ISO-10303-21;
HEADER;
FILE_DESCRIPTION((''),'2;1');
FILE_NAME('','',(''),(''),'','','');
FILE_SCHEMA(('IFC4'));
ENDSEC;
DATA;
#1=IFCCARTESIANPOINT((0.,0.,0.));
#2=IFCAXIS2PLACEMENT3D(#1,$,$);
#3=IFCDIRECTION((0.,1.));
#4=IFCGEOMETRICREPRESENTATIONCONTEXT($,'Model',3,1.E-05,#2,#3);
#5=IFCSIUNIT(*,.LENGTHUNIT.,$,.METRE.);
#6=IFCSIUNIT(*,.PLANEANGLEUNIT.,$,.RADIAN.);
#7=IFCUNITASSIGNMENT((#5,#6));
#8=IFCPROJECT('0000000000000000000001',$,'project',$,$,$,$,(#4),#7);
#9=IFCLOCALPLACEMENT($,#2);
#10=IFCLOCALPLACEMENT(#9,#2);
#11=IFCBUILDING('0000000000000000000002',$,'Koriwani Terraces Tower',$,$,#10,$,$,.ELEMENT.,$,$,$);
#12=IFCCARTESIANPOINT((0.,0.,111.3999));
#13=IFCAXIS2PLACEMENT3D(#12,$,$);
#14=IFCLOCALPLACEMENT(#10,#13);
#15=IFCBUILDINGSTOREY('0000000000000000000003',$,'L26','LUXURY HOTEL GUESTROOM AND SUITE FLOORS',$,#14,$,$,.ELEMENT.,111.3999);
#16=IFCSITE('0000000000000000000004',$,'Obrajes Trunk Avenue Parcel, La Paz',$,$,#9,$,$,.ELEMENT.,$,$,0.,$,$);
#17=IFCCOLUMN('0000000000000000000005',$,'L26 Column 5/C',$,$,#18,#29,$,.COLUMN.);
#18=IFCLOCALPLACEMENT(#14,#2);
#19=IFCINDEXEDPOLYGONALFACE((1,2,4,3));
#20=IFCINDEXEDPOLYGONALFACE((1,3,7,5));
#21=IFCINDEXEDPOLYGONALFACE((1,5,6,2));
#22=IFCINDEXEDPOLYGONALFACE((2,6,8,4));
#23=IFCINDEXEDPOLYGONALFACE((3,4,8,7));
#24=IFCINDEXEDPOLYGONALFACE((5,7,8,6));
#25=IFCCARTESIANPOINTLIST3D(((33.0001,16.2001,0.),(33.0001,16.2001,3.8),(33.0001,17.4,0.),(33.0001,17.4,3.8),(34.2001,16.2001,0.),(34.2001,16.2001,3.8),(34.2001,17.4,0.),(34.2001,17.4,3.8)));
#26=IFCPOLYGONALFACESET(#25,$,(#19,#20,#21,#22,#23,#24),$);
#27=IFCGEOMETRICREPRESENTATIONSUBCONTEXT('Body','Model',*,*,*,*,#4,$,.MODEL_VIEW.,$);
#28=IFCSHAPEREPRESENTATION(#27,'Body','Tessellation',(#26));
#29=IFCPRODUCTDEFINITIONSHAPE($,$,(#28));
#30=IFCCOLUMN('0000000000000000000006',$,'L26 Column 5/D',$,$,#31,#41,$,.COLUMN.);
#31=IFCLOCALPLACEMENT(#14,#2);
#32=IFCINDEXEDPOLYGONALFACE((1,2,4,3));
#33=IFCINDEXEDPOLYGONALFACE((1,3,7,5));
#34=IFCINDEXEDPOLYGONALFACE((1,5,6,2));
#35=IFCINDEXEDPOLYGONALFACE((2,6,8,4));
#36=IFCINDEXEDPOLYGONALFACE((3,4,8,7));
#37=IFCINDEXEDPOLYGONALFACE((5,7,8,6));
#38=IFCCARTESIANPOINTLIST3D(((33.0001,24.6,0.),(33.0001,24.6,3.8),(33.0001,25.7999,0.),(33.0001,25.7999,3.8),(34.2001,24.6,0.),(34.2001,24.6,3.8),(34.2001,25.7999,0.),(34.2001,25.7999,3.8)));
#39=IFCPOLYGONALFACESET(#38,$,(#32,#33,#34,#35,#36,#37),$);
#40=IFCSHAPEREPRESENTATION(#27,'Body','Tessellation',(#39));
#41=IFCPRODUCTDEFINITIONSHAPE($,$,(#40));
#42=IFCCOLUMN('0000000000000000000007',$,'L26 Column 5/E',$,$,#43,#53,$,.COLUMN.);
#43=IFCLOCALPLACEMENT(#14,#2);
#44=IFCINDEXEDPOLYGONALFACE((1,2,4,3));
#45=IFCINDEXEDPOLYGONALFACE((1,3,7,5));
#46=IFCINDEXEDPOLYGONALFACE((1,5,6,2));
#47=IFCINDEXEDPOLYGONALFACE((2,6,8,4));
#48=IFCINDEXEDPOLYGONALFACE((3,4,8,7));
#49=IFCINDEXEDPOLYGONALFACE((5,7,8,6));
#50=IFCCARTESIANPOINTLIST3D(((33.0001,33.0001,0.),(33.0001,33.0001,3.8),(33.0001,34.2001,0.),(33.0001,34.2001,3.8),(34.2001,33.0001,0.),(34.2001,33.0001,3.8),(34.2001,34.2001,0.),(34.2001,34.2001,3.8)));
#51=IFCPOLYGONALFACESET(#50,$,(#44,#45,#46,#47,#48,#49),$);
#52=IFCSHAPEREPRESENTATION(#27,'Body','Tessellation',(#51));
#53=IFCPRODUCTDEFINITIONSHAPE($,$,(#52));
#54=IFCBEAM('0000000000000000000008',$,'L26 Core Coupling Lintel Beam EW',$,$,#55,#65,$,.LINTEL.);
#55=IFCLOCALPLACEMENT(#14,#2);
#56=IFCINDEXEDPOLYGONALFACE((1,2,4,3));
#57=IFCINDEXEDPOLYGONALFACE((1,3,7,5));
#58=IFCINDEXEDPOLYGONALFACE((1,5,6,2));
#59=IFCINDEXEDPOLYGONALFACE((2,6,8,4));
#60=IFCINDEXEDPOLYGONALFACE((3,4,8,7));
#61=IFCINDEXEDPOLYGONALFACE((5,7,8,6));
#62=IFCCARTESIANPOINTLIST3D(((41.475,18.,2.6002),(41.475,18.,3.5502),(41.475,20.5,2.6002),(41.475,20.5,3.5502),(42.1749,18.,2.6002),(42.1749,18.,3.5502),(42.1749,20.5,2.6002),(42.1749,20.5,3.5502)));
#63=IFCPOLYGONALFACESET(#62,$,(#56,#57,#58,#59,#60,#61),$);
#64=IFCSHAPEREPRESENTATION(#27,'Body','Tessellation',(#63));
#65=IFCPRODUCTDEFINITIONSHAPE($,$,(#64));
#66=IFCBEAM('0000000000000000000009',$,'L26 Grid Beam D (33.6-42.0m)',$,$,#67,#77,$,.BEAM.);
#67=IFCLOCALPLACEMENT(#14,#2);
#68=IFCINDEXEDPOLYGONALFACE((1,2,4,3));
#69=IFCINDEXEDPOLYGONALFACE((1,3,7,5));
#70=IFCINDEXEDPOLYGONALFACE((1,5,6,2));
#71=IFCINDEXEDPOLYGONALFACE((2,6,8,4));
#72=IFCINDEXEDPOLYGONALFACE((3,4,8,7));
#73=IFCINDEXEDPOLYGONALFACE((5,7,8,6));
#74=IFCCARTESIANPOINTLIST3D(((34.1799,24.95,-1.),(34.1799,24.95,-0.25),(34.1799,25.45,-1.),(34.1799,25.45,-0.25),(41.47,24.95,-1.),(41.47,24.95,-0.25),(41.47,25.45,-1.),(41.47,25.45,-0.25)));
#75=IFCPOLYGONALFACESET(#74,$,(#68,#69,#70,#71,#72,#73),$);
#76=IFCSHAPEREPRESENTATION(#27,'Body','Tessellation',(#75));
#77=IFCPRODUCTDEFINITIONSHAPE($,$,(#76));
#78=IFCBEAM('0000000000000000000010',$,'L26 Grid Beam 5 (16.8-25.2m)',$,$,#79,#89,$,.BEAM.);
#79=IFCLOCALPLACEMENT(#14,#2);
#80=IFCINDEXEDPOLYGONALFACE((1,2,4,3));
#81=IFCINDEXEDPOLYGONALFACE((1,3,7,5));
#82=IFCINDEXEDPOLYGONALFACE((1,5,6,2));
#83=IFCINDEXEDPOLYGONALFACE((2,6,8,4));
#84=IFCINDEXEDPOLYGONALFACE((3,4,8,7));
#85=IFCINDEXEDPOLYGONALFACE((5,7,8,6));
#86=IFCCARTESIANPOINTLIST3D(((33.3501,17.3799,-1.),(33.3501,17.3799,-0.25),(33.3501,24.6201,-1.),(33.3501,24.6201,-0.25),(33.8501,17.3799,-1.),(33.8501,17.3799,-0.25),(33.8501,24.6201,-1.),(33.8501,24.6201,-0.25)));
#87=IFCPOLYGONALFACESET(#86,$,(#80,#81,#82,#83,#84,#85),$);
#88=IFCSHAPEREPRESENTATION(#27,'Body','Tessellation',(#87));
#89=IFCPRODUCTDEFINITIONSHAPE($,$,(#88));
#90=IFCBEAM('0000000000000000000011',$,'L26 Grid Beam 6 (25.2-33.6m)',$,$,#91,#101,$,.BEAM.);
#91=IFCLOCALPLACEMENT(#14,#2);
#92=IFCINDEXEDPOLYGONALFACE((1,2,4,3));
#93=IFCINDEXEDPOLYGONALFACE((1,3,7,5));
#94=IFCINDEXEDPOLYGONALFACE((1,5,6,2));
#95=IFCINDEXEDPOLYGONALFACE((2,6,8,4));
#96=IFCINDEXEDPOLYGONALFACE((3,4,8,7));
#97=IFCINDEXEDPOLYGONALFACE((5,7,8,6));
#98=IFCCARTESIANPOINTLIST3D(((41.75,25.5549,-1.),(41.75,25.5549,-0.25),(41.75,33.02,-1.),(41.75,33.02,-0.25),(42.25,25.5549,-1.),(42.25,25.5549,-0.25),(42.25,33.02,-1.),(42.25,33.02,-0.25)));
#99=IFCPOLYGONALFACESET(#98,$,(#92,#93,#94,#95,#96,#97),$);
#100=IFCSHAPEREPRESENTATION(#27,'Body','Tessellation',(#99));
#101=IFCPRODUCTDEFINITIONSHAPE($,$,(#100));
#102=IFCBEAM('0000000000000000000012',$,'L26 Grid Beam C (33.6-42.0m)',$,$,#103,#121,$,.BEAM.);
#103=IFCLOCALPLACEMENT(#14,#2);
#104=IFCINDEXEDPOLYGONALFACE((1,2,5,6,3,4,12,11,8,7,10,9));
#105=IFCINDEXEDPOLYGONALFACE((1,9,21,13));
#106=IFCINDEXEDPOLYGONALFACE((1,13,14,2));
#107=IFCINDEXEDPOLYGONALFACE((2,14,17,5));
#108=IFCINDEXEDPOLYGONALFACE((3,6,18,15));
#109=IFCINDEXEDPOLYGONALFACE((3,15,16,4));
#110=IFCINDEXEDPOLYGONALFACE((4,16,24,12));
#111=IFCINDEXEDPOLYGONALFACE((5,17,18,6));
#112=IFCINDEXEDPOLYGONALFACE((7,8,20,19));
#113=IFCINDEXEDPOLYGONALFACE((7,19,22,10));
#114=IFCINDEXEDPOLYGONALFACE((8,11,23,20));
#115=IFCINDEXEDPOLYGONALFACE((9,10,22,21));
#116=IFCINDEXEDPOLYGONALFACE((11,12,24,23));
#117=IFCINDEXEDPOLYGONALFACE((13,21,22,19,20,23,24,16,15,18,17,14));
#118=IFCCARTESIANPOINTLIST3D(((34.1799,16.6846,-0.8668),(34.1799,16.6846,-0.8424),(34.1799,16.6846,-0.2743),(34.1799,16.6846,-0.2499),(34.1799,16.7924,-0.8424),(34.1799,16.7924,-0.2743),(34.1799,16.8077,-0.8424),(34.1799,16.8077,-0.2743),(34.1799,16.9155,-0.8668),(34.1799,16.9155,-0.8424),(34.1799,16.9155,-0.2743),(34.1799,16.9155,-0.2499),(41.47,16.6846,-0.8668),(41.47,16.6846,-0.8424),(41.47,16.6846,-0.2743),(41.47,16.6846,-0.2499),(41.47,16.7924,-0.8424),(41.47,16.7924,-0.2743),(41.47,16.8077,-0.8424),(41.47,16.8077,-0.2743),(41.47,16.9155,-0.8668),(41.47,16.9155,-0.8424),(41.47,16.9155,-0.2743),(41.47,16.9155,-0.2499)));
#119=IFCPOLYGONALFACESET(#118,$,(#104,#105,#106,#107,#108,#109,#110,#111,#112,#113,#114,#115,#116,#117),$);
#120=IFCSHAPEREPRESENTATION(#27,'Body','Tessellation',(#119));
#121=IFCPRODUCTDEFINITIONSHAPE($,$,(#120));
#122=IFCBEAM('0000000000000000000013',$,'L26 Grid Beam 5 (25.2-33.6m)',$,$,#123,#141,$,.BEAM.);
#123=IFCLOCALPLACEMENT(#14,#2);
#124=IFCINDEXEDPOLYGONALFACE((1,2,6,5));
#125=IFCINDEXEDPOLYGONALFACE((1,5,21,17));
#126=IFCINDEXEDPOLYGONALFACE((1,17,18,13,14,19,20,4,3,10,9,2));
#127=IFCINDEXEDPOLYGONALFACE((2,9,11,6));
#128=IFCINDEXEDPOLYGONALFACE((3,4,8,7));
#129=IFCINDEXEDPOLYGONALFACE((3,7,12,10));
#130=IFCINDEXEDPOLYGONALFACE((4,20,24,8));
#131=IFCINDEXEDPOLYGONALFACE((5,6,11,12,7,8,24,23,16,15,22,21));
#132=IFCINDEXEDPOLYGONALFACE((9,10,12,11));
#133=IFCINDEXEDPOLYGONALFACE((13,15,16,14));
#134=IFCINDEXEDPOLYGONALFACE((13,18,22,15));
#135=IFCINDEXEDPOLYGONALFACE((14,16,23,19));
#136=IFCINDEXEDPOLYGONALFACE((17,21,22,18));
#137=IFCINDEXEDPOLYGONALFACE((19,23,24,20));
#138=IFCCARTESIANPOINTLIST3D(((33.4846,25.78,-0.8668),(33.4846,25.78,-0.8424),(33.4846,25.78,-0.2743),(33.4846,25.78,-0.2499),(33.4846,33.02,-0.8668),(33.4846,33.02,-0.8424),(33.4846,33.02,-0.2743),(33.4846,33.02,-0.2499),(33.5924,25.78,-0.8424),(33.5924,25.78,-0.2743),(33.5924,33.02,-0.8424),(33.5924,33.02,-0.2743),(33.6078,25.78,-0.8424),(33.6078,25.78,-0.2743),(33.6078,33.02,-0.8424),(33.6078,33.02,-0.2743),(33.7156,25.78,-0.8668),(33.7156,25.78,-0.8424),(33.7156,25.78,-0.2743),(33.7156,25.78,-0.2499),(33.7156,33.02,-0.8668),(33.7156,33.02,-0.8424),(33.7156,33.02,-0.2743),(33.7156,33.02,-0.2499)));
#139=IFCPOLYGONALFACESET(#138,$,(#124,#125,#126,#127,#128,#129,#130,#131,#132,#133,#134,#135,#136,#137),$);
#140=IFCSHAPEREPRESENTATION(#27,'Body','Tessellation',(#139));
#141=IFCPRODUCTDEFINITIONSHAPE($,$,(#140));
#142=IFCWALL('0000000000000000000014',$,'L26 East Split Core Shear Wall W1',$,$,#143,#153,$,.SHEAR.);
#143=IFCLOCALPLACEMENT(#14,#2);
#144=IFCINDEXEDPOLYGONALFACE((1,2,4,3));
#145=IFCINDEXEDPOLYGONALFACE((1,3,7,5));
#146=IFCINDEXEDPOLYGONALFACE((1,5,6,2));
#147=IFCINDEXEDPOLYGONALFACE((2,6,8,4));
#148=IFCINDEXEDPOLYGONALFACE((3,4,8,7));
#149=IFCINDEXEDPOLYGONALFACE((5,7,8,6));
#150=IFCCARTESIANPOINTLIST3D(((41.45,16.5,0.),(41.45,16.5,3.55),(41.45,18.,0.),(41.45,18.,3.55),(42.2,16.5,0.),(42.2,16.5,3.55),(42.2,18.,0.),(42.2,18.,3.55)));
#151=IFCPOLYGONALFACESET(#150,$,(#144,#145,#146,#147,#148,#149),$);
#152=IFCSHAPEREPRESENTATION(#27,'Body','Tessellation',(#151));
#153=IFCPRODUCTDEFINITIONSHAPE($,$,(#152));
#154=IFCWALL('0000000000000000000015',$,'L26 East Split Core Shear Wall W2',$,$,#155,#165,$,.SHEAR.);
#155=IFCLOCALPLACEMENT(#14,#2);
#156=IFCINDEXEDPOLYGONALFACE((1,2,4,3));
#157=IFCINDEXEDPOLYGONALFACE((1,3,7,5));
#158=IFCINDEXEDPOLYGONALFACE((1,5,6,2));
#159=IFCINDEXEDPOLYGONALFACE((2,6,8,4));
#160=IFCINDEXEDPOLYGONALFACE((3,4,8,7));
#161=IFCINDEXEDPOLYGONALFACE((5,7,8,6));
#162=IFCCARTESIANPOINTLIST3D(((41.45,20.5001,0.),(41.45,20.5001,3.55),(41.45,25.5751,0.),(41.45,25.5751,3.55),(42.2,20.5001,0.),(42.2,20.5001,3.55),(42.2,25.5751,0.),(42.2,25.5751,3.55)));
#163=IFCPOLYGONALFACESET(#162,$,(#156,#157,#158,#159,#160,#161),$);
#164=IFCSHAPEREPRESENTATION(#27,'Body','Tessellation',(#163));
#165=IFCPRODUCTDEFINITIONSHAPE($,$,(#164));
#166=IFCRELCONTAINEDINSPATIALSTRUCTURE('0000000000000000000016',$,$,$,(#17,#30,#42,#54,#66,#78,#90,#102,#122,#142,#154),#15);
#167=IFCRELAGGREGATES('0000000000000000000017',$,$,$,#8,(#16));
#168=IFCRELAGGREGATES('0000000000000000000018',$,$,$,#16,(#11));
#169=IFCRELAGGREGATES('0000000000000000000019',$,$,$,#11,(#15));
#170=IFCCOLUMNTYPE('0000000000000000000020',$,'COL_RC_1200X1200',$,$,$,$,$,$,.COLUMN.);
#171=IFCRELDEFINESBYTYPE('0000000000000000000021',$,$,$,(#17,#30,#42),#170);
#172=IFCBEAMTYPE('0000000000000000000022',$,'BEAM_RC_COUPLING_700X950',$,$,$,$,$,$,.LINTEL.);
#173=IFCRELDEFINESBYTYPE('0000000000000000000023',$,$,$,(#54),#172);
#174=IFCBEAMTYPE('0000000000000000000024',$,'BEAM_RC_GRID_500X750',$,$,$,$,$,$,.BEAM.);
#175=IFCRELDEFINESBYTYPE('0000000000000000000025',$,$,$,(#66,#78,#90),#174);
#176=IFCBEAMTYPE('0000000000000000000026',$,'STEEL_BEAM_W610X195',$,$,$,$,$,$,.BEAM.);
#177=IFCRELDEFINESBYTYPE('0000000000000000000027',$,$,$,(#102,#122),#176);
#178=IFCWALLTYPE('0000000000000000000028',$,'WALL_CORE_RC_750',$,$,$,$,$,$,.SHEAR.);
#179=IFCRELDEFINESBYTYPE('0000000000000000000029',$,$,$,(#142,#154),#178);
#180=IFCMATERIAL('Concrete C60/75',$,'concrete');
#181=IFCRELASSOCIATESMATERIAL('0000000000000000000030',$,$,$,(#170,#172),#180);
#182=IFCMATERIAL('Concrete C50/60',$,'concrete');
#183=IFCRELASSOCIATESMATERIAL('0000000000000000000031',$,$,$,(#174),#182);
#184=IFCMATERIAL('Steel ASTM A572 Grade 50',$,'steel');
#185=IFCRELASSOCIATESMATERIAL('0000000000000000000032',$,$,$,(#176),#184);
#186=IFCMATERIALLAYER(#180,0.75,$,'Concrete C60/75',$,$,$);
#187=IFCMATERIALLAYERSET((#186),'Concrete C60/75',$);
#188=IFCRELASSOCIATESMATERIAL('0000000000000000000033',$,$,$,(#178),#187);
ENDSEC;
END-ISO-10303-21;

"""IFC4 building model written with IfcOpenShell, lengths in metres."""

from ifc_helpers import new_model, si_unit, direction, frame, frame_2d, origin, origin_2d, place, context, subcontext, project, spatial, rectangle, i_section, extrude, material, layer, layer_set, material_profile, profile_set, type_object, element, save


model = new_model("IFC4")

# Units and contexts
model_context = context("Model", 3, precision=1e-05, world=origin(), true_north=direction((0.0, 1.0)))
body_context = subcontext(model_context, "Body", "Model", "MODEL_VIEW")
ifc_project = project(units=[si_unit("LENGTHUNIT", "METRE"), si_unit("PLANEANGLEUNIT", "RADIAN")], contexts=[model_context])

# Site, building, storey
site_placement = place(None, origin())
site = spatial("IfcSite", under=ifc_project, at=site_placement, Name="Obrajes Trunk Avenue Parcel, La Paz", CompositionType="ELEMENT", RefElevation=0.0)
building_placement = place(site_placement, origin())
building = spatial("IfcBuilding", under=site, at=building_placement, Name="Koriwani Terraces Tower", CompositionType="ELEMENT")
storey_placement = place(building_placement, frame((0.0, 0.0, 111.3999)))
storey = spatial("IfcBuildingStorey", under=building, at=storey_placement, Name="L26", Description="LUXURY HOTEL GUESTROOM AND SUITE FLOORS", CompositionType="ELEMENT", Elevation=111.3999)

# Columns
ifc_material_1 = material(Name="Concrete C60/75", Category="concrete")
ifc_material_profile_1 = material_profile(ifc_material_1, rectangle(XDim=1.2, YDim=1.2, at=origin_2d()), Name="Concrete C60/75", Category="LoadBearing")
ifc_profile_set_1 = profile_set([ifc_material_profile_1], Name="Concrete C60/75")
column_type = type_object("IfcColumnType", Name="COL_RC_1200X1200", PredefinedType="COLUMN", material=ifc_profile_set_1)
for number, where, z_axis, x_axis, name in (
    (1, (33.6001, 16.8, 0.0), (0.0, 0.0, 1.0), (1.0, 0.0, 0.0), "L26 Column 5/C"),
    (2, (33.6001, 25.2, 0.0), (0.0, 0.0, 1.0), (1.0, 0.0, 0.0), "L26 Column 5/D"),
    (3, (33.6001, 33.6001, 0.0), (0.0, 0.0, 1.0), (1.0, 0.0, 0.0), "L26 Column 5/E"),
):
    element("IfcColumn", number, at=place(storey_placement, frame(where, z_axis=z_axis, x_axis=x_axis)), inside=storey, type_object=column_type, Name=name, PredefinedType="COLUMN", context=body_context, shape_type="SweptSolid", body=[
        extrude(rectangle(XDim=1.2, YDim=1.2, at=origin_2d()), origin(), (0.0, 0.0, 1.0), 3.8),
    ])

# Beams
ifc_material_profile_2 = material_profile(ifc_material_1, rectangle(XDim=0.7, YDim=0.95, at=origin_2d()), Name="Concrete C60/75", Category="LoadBearing")
ifc_profile_set_2 = profile_set([ifc_material_profile_2], Name="Concrete C60/75")
beam_type_1 = type_object("IfcBeamType", Name="BEAM_RC_COUPLING_700X950", PredefinedType="LINTEL", material=ifc_profile_set_2)
beam_1_placement = place(storey_placement, frame((41.825, 18.0, 3.0752), z_axis=(0.0, 1.0, 0.0), x_axis=(-1.0, 0.0, 0.0)))
element("IfcBeam", 4, at=beam_1_placement, inside=storey, type_object=beam_type_1, Name="L26 Core Coupling Lintel Beam EW", PredefinedType="LINTEL", context=body_context, shape_type="SweptSolid", body=[
    extrude(rectangle(XDim=0.7, YDim=0.95, at=origin_2d()), origin(), (0.0, 0.0, 1.0), 2.5),
])
ifc_material_2 = material(Name="Concrete C50/60", Category="concrete")
ifc_material_profile_3 = material_profile(ifc_material_2, rectangle(XDim=0.5, YDim=0.75, at=origin_2d()), Name="Concrete C50/60", Category="LoadBearing")
ifc_profile_set_3 = profile_set([ifc_material_profile_3], Name="Concrete C50/60")
beam_type_2 = type_object("IfcBeamType", Name="BEAM_RC_GRID_500X750", PredefinedType="BEAM", material=ifc_profile_set_3)
beam_2_placement = place(storey_placement, frame((34.1799, 25.2, -0.625), z_axis=(1.0, 0.0, 0.0), x_axis=(0.0, 1.0, 0.0)))
element("IfcBeam", 5, at=beam_2_placement, inside=storey, type_object=beam_type_2, Name="L26 Grid Beam D (33.6-42.0m)", PredefinedType="BEAM", context=body_context, shape_type="SweptSolid", body=[
    extrude(rectangle(XDim=0.5, YDim=0.75, at=origin_2d()), origin(), (0.0, 0.0, 1.0), 7.29),
])
beam_3_placement = place(storey_placement, frame((33.6001, 17.3799, -0.625), z_axis=(0.0, 1.0, 0.0), x_axis=(-1.0, 0.0, 0.0)))
element("IfcBeam", 6, at=beam_3_placement, inside=storey, type_object=beam_type_2, Name="L26 Grid Beam 5 (16.8-25.2m)", PredefinedType="BEAM", context=body_context, shape_type="SweptSolid", body=[
    extrude(rectangle(XDim=0.5, YDim=0.75, at=origin_2d()), origin(), (0.0, 0.0, 1.0), 7.2402),
])
beam_4_placement = place(storey_placement, frame((42.0, 25.5549, -0.625), z_axis=(0.0, 1.0, 0.0), x_axis=(-1.0, 0.0, 0.0)))
element("IfcBeam", 7, at=beam_4_placement, inside=storey, type_object=beam_type_2, Name="L26 Grid Beam 6 (25.2-33.6m)", PredefinedType="BEAM", context=body_context, shape_type="SweptSolid", body=[
    extrude(rectangle(XDim=0.5, YDim=0.75, at=origin_2d()), origin(), (0.0, 0.0, 1.0), 7.4651),
])
ifc_material_3 = material(Name="Steel ASTM A572 Grade 50", Category="steel")
ifc_material_profile_4 = material_profile(ifc_material_3, i_section(OverallWidth=0.231, OverallDepth=0.6169, WebThickness=0.0154, FlangeThickness=0.0244, at=origin_2d()), Name="Steel ASTM A572 Grade 50", Category="LoadBearing")
ifc_profile_set_4 = profile_set([ifc_material_profile_4], Name="Steel ASTM A572 Grade 50")
beam_type_3 = type_object("IfcBeamType", Name="STEEL_BEAM_W610X195", PredefinedType="BEAM", material=ifc_profile_set_4)
beam_5_placement = place(storey_placement, frame((34.1799, 16.8, -0.5583), z_axis=(1.0, 0.0, 0.0), x_axis=(0.0, 1.0, 0.0)))
element("IfcBeam", 8, at=beam_5_placement, inside=storey, type_object=beam_type_3, Name="L26 Grid Beam C (33.6-42.0m)", PredefinedType="BEAM", context=body_context, shape_type="SweptSolid", body=[
    extrude(i_section(OverallWidth=0.231, OverallDepth=0.6169, WebThickness=0.0154, FlangeThickness=0.0244, at=origin_2d()), origin(), (0.0, 0.0, 1.0), 7.29),
])
beam_6_placement = place(storey_placement, frame((33.6001, 25.78, -0.5583), z_axis=(0.0, 1.0, 0.0), x_axis=(-1.0, 0.0, 0.0)))
element("IfcBeam", 9, at=beam_6_placement, inside=storey, type_object=beam_type_3, Name="L26 Grid Beam 5 (25.2-33.6m)", PredefinedType="BEAM", context=body_context, shape_type="SweptSolid", body=[
    extrude(i_section(OverallWidth=0.231, OverallDepth=0.6169, WebThickness=0.0154, FlangeThickness=0.0244, at=origin_2d()), origin(), (0.0, 0.0, 1.0), 7.24),
])

# Walls
ifc_layer_1 = layer(ifc_material_1, 0.75, Name="Concrete C60/75")
ifc_layer_set_1 = layer_set([ifc_layer_1], Name="Concrete C60/75")
wall_type_1 = type_object("IfcWallType", Name="WALL_CORE_RC_750", PredefinedType="SHEAR", material=ifc_layer_set_1)
wall_1_placement = place(storey_placement, frame((41.825, 16.5, 0.0), z_axis=(0.0, 0.0, 1.0), x_axis=(0.0, 1.0, 0.0)))
element("IfcWall", 10, at=wall_1_placement, inside=storey, type_object=wall_type_1, Name="L26 East Split Core Shear Wall W1", PredefinedType="SHEAR", context=body_context, shape_type="SweptSolid", body=[
    extrude(rectangle(XDim=1.5, YDim=0.75, at=frame_2d((0.75, 0.0))), origin(), (0.0, 0.0, 1.0), 3.55),
])
wall_2_placement = place(storey_placement, frame((41.825, 20.5, 0.0), z_axis=(0.0, 0.0, 1.0), x_axis=(0.0, 1.0, 0.0)))
element("IfcWall", 11, at=wall_2_placement, inside=storey, type_object=wall_type_1, Name="L26 East Split Core Shear Wall W2", PredefinedType="SHEAR", context=body_context, shape_type="SweptSolid", body=[
    extrude(rectangle(XDim=5.075, YDim=0.75, at=frame_2d((2.5376, 0.0))), origin(), (0.0, 0.0, 1.0), 3.55),
])

save(model, "model.ifc")
